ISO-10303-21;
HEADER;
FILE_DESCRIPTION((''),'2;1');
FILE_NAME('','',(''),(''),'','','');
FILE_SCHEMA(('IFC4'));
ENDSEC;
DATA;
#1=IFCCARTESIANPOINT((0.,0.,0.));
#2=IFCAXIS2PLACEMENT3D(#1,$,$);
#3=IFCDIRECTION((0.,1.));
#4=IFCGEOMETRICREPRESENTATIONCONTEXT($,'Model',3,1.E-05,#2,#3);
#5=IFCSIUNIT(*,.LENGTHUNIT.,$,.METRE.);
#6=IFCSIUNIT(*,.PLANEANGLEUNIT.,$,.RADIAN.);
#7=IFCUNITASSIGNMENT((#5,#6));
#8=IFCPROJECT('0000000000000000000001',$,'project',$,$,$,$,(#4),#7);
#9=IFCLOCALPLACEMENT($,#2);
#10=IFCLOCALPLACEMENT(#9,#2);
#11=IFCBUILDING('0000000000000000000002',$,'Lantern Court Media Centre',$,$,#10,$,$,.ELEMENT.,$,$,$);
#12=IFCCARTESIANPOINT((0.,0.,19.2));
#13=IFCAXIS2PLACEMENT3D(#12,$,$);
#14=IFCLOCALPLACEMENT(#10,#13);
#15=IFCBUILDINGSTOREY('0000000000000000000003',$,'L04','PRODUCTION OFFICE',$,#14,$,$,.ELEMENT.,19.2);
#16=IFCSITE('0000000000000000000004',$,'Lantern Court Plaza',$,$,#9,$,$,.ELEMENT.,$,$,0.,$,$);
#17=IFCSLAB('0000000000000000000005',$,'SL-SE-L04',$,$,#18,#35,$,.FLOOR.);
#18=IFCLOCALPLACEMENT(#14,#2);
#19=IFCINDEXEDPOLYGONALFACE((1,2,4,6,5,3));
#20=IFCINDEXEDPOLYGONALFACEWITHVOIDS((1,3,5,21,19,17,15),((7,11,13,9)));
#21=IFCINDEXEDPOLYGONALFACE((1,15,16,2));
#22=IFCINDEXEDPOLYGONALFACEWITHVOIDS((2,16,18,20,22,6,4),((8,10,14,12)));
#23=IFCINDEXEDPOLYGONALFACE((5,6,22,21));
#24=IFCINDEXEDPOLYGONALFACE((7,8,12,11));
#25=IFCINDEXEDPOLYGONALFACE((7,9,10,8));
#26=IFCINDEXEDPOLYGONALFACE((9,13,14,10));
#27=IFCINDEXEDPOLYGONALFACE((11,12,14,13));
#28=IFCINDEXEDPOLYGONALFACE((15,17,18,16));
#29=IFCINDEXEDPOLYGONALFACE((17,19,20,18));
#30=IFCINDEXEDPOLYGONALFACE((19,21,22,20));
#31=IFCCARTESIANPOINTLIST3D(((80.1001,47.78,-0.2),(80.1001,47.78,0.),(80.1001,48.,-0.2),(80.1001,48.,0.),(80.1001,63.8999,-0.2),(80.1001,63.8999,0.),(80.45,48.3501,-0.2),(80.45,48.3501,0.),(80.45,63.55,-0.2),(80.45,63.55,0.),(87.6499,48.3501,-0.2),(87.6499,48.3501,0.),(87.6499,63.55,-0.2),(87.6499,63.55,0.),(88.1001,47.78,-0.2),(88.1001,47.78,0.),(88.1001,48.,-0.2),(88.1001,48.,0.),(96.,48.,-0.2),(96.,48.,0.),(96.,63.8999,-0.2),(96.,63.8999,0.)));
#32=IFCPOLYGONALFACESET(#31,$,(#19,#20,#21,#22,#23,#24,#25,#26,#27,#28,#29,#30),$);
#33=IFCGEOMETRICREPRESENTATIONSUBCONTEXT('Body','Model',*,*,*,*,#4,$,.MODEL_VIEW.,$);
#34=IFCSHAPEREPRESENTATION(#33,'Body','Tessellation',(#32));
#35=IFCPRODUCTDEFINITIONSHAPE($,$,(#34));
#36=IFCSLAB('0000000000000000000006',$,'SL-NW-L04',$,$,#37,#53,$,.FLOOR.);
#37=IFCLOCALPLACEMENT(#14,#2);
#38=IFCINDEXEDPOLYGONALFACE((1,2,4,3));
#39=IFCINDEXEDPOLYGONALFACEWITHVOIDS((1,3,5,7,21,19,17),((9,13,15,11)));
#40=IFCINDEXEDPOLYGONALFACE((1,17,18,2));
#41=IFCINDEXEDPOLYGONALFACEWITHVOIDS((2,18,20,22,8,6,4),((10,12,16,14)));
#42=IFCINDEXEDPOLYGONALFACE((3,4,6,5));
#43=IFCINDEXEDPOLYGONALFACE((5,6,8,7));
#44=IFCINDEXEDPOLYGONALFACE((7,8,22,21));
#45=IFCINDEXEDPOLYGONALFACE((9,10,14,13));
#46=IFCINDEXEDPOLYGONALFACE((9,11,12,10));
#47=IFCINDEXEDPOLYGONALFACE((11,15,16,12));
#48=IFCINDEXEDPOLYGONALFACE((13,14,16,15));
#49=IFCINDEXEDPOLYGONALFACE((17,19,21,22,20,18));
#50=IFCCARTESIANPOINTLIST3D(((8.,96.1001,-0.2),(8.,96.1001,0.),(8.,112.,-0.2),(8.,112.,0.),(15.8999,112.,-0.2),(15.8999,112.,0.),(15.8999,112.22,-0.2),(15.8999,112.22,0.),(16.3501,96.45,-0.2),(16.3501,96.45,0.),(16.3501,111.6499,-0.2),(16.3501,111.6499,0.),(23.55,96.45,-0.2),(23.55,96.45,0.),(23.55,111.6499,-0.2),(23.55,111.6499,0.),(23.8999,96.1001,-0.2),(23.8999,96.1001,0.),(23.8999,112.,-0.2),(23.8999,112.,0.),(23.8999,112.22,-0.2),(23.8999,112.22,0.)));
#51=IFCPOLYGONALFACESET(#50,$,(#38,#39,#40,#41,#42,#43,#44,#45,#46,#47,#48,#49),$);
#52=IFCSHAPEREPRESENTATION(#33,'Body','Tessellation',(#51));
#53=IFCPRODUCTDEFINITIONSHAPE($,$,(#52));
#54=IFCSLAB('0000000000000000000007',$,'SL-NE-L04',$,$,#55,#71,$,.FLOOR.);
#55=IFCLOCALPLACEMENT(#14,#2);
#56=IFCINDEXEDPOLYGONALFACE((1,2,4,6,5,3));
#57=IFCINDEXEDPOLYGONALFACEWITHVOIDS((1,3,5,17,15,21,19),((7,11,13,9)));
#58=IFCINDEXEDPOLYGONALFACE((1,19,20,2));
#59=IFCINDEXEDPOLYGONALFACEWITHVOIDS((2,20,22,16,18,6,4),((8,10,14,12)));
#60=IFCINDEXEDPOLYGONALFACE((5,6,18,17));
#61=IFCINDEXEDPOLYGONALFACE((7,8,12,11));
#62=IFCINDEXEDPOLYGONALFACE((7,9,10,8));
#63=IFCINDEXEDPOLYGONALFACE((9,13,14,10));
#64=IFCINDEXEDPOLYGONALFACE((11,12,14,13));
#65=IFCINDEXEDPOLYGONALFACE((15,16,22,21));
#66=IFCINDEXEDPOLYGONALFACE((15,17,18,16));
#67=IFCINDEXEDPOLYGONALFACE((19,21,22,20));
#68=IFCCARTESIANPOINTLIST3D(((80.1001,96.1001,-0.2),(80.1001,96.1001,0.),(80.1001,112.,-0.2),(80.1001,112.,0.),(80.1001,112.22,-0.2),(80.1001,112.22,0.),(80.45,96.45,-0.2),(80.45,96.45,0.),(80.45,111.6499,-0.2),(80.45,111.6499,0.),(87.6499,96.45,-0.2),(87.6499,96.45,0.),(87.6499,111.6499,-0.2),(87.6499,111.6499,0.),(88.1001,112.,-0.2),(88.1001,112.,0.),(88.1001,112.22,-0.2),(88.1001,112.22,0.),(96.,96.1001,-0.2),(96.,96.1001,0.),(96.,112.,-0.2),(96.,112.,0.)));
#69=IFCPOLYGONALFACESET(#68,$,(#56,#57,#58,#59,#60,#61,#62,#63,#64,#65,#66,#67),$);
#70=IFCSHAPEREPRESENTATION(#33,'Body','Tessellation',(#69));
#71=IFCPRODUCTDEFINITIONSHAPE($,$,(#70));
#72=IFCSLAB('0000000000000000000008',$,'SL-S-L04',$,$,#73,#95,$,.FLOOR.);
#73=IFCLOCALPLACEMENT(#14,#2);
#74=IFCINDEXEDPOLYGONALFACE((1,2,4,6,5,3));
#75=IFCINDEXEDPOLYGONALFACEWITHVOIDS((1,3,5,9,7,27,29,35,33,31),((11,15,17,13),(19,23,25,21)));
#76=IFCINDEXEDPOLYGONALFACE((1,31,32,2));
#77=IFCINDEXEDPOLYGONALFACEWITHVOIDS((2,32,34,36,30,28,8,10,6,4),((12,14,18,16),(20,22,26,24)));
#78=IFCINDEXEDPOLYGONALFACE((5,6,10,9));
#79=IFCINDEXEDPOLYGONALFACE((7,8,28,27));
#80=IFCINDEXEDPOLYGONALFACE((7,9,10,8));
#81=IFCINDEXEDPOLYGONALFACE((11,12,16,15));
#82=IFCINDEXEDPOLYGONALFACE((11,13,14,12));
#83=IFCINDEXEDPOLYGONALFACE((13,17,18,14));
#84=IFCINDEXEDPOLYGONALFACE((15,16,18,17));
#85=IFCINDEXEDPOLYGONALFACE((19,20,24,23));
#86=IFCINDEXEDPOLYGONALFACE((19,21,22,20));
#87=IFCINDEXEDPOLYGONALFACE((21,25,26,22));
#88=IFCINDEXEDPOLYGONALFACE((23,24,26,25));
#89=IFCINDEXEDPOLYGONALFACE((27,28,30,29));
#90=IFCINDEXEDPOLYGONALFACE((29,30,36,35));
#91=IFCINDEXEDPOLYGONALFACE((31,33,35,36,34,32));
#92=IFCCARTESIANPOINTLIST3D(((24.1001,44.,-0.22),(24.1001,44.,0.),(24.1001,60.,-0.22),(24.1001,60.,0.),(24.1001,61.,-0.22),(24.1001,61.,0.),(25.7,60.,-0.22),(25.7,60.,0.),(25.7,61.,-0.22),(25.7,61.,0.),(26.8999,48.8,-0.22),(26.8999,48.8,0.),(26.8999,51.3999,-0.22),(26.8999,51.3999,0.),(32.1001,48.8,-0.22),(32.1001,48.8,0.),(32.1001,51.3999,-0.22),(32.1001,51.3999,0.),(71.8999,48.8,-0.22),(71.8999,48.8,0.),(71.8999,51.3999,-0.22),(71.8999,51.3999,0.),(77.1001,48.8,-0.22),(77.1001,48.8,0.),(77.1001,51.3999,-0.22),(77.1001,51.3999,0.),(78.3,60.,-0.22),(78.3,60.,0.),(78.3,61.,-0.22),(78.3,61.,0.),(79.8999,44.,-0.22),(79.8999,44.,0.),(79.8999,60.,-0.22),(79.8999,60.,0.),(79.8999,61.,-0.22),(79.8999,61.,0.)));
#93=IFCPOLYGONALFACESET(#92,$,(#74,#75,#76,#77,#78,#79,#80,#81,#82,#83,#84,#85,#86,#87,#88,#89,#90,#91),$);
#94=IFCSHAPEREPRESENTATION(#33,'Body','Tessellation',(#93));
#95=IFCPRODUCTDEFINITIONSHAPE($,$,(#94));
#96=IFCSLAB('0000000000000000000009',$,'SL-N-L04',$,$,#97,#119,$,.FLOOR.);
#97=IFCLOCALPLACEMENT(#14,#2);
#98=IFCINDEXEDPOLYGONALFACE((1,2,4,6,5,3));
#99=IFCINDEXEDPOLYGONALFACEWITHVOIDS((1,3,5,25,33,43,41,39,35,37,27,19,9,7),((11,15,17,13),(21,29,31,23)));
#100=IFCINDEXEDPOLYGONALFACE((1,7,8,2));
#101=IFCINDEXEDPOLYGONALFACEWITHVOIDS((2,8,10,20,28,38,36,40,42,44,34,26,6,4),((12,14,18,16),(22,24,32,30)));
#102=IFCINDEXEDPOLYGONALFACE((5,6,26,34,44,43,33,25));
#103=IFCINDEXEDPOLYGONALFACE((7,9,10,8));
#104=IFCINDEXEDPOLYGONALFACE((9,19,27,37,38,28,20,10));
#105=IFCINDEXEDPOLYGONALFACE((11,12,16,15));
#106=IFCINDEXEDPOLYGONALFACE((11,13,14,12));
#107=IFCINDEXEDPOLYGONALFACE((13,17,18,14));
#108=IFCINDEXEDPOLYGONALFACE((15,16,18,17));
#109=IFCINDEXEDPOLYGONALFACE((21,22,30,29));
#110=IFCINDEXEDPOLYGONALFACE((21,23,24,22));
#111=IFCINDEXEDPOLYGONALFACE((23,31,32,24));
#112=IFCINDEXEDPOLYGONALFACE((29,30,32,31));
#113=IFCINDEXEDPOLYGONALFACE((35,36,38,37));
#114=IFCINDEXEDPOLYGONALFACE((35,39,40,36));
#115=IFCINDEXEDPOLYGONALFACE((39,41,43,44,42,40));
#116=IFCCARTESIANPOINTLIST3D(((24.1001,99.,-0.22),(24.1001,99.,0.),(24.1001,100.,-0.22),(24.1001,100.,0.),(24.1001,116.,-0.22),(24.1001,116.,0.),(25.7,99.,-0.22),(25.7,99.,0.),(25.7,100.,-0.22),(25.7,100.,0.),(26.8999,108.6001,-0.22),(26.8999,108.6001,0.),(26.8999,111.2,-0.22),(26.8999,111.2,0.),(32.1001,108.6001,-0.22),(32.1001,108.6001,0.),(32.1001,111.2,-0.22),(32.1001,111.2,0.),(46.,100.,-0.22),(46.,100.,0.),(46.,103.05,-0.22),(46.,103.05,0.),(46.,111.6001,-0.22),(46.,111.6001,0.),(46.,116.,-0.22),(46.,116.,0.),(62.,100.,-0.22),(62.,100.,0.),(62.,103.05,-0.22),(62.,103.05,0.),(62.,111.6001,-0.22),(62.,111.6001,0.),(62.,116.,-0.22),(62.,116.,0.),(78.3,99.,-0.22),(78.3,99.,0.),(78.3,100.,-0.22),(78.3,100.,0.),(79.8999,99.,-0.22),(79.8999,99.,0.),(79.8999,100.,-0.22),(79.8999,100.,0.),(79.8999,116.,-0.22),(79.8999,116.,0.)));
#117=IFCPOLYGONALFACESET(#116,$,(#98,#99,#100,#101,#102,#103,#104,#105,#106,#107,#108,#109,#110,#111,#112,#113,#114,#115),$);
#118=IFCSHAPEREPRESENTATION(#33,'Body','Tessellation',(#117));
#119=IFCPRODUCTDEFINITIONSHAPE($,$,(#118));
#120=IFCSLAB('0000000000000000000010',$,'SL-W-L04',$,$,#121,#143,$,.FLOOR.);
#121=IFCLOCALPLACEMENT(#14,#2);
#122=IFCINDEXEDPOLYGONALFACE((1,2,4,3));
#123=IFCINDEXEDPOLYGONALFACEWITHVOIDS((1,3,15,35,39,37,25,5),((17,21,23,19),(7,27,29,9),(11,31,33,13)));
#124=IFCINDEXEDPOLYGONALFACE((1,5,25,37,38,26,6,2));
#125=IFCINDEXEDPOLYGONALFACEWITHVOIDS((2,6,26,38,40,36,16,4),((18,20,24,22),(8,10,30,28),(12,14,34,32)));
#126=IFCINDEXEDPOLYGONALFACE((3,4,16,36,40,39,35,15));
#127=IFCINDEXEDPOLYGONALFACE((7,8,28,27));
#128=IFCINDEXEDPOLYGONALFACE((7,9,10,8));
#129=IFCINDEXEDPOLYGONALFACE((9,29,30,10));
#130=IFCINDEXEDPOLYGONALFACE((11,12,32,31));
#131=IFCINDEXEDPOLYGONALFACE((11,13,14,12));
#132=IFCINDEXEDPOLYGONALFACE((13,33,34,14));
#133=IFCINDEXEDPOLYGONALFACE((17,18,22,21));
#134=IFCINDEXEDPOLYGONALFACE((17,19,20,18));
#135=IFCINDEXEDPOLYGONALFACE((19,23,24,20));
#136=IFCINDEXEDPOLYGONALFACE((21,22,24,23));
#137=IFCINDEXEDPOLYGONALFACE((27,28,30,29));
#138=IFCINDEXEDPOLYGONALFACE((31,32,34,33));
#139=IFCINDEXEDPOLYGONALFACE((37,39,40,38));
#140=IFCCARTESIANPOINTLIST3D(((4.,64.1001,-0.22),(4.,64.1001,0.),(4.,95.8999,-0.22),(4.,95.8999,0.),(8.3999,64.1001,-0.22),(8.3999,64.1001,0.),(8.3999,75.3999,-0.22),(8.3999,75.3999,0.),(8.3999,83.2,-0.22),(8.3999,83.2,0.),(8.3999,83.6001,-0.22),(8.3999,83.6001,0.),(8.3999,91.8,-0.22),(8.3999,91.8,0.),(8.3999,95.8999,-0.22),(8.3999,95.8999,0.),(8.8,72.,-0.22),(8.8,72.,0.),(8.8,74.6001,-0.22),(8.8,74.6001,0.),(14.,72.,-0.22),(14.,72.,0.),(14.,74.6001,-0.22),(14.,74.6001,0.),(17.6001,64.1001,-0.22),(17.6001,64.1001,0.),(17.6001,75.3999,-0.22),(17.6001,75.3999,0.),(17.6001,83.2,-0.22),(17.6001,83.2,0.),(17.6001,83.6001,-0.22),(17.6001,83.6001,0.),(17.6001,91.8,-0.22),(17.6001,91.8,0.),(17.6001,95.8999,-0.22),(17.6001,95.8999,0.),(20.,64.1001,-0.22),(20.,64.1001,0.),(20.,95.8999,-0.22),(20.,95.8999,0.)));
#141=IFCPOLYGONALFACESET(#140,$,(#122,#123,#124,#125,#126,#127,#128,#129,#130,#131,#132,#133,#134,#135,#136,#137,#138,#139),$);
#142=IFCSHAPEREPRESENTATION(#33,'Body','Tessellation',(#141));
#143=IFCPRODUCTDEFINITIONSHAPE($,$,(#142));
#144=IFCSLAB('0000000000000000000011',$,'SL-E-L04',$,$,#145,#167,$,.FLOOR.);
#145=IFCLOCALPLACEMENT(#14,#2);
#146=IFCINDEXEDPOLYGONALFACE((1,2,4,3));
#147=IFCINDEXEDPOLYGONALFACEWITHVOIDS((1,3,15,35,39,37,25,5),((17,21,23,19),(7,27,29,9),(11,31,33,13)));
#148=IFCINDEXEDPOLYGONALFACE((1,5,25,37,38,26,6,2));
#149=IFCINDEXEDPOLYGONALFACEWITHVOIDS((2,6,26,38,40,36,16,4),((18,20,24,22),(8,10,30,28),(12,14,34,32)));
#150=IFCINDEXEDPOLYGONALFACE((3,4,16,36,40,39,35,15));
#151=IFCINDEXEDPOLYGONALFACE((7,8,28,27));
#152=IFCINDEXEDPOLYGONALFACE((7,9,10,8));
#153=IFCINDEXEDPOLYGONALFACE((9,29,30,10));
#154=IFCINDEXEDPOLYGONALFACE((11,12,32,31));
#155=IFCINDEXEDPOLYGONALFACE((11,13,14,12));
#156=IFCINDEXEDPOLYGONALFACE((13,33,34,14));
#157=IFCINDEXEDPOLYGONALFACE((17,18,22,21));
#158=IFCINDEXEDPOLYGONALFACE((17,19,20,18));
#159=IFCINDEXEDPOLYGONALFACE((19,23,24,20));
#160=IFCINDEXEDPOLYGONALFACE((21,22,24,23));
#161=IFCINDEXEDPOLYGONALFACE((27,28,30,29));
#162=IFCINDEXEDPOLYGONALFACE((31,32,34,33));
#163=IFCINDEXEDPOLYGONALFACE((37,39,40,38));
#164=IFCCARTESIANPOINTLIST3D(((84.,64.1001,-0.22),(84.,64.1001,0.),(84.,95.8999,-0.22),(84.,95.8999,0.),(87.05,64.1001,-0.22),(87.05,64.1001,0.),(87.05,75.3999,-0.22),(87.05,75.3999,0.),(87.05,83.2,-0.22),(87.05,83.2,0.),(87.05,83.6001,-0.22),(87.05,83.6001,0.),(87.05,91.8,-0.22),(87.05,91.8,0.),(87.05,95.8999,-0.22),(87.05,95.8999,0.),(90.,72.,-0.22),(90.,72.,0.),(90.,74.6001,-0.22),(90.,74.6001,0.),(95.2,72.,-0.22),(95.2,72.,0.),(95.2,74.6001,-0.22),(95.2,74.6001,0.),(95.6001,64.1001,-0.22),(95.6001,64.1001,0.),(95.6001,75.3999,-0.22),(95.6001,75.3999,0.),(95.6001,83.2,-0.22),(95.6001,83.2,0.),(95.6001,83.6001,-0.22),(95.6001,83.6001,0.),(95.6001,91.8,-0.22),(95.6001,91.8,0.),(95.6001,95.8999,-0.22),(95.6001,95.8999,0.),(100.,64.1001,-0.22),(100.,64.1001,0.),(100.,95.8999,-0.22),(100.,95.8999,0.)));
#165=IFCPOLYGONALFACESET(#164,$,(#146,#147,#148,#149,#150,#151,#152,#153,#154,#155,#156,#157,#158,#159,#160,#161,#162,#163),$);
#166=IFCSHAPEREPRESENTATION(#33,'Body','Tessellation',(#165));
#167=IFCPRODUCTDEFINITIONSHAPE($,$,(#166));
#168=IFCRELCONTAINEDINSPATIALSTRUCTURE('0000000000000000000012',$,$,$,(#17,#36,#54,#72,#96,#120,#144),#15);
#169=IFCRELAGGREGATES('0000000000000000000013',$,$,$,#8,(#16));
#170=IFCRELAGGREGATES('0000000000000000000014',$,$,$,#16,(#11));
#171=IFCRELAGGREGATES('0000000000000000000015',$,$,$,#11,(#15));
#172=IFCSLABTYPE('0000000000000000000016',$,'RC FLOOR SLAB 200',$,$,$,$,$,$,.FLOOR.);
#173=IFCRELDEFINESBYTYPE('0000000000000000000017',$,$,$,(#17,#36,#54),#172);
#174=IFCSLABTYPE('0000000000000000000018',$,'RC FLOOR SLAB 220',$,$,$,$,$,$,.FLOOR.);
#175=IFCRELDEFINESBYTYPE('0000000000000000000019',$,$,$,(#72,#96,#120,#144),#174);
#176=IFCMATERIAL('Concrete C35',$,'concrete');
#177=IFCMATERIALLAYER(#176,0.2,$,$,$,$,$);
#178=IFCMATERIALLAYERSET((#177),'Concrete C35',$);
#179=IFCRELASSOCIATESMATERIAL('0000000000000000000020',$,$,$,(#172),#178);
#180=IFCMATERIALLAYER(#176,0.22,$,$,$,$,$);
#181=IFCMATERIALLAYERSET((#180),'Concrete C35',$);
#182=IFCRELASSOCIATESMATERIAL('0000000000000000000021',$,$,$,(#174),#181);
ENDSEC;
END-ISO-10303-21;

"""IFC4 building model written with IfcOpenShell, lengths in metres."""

from ifc_helpers import new_model, si_unit, direction, frame, origin, place, context, subcontext, project, spatial, polyline, outline, extrude, material, layer, layer_set, type_object, element, save


model = new_model("IFC4")

# Units and contexts
model_context = context("Model", 3, precision=1e-05, world=origin(), true_north=direction((0.0, 1.0)))
body_context = subcontext(model_context, "Body", "Model", "MODEL_VIEW")
ifc_project = project(units=[si_unit("LENGTHUNIT", "METRE"), si_unit("PLANEANGLEUNIT", "RADIAN")], contexts=[model_context])

# Site, building, storey
site_placement = place(None, origin())
site = spatial("IfcSite", under=ifc_project, at=site_placement, Name="Lantern Court Plaza", CompositionType="ELEMENT", RefElevation=0.0)
building_placement = place(site_placement, origin())
building = spatial("IfcBuilding", under=site, at=building_placement, Name="Lantern Court Media Centre", CompositionType="ELEMENT")
storey_placement = place(building_placement, frame((0.0, 0.0, 19.2)))
storey = spatial("IfcBuildingStorey", under=building, at=storey_placement, Name="L04", Description="PRODUCTION OFFICE", CompositionType="ELEMENT", Elevation=19.2)

# Slabs
ifc_material_1 = material(Name="Concrete C35", Category="concrete")
ifc_layer_1 = layer(ifc_material_1, 0.2)
ifc_layer_set_1 = layer_set([ifc_layer_1], Name="Concrete C35")
slab_type_1 = type_object("IfcSlabType", Name="RC FLOOR SLAB 200", PredefinedType="FLOOR", material=ifc_layer_set_1)
slab_1_placement = place(storey_placement, frame((0.0, 0.0, -0.2)))
element("IfcSlab", 1, at=slab_1_placement, inside=storey, type_object=slab_type_1, Name="SL-SE-L04", PredefinedType="FLOOR", context=body_context, shape_type="SweptSolid", body=[
    extrude(outline(polyline([(80.1001, 63.8999), (96.0, 63.8999), (96.0, 48.0), (88.1001, 48.0), (88.1001, 47.78), (80.1001, 47.78), (80.1001, 48.0), (80.1001, 63.8999)]), holes=[polyline([(80.45, 63.55), (80.45, 48.3501), (87.6499, 48.3501), (87.6499, 63.55), (80.45, 63.55)])]), origin(), (0.0, 0.0, 1.0), 0.2),
])
slab_2_placement = place(storey_placement, frame((0.0, 0.0, -0.2)))
element("IfcSlab", 2, at=slab_2_placement, inside=storey, type_object=slab_type_1, Name="SL-NW-L04", PredefinedType="FLOOR", context=body_context, shape_type="SweptSolid", body=[
    extrude(outline(polyline([(8.0, 112.0), (15.8999, 112.0), (15.8999, 112.22), (23.8999, 112.22), (23.8999, 112.0), (23.8999, 96.1001), (8.0, 96.1001), (8.0, 112.0)]), holes=[polyline([(16.3501, 111.6499), (16.3501, 96.45), (23.55, 96.45), (23.55, 111.6499), (16.3501, 111.6499)])]), origin(), (0.0, 0.0, 1.0), 0.2),
])
slab_3_placement = place(storey_placement, frame((0.0, 0.0, -0.2)))
element("IfcSlab", 3, at=slab_3_placement, inside=storey, type_object=slab_type_1, Name="SL-NE-L04", PredefinedType="FLOOR", context=body_context, shape_type="SweptSolid", body=[
    extrude(outline(polyline([(80.1001, 112.0), (80.1001, 112.22), (88.1001, 112.22), (88.1001, 112.0), (96.0, 112.0), (96.0, 96.1001), (80.1001, 96.1001), (80.1001, 112.0)]), holes=[polyline([(80.45, 111.6499), (80.45, 96.45), (87.6499, 96.45), (87.6499, 111.6499), (80.45, 111.6499)])]), origin(), (0.0, 0.0, 1.0), 0.2),
])
ifc_layer_2 = layer(ifc_material_1, 0.22)
ifc_layer_set_2 = layer_set([ifc_layer_2], Name="Concrete C35")
slab_type_2 = type_object("IfcSlabType", Name="RC FLOOR SLAB 220", PredefinedType="FLOOR", material=ifc_layer_set_2)
slab_4_placement = place(storey_placement, frame((0.0, 0.0, -0.22)))
element("IfcSlab", 4, at=slab_4_placement, inside=storey, type_object=slab_type_2, Name="SL-S-L04", PredefinedType="FLOOR", context=body_context, shape_type="SweptSolid", body=[
    extrude(outline(polyline([(24.1001, 60.0), (24.1001, 61.0), (25.7, 61.0), (25.7, 60.0), (78.3, 60.0), (78.3, 61.0), (79.8999, 61.0), (79.8999, 60.0), (79.8999, 44.0), (24.1001, 44.0), (24.1001, 60.0)]), holes=[polyline([(32.1001, 51.3999), (26.8999, 51.3999), (26.8999, 48.8), (32.1001, 48.8), (32.1001, 51.3999)]), polyline([(77.1001, 51.3999), (71.8999, 51.3999), (71.8999, 48.8), (77.1001, 48.8), (77.1001, 51.3999)])]), origin(), (0.0, 0.0, 1.0), 0.22),
])
slab_5_placement = place(storey_placement, frame((0.0, 0.0, -0.22)))
element("IfcSlab", 5, at=slab_5_placement, inside=storey, type_object=slab_type_2, Name="SL-N-L04", PredefinedType="FLOOR", context=body_context, shape_type="SweptSolid", body=[
    extrude(outline(polyline([(46.0, 100.0), (25.7, 100.0), (25.7, 99.0), (24.1001, 99.0), (24.1001, 100.0), (24.1001, 116.0), (46.0, 116.0), (62.0, 116.0), (79.8999, 116.0), (79.8999, 100.0), (79.8999, 99.0), (78.3, 99.0), (78.3, 100.0), (62.0, 100.0), (46.0, 100.0)]), holes=[polyline([(46.0, 103.05), (62.0, 103.05), (62.0, 111.6001), (46.0, 111.6001), (46.0, 103.05)]), polyline([(26.8999, 108.6001), (32.1001, 108.6001), (32.1001, 111.2), (26.8999, 111.2), (26.8999, 108.6001)])]), origin(), (0.0, 0.0, 1.0), 0.22),
])
slab_6_placement = place(storey_placement, frame((0.0, 0.0, -0.22)))
element("IfcSlab", 6, at=slab_6_placement, inside=storey, type_object=slab_type_2, Name="SL-W-L04", PredefinedType="FLOOR", context=body_context, shape_type="SweptSolid", body=[
    extrude(outline(polyline([(8.3999, 64.1001), (4.0, 64.1001), (4.0, 95.8999), (8.3999, 95.8999), (17.6001, 95.8999), (20.0, 95.8999), (20.0, 64.1001), (17.6001, 64.1001), (8.3999, 64.1001)]), holes=[polyline([(8.3999, 83.6001), (17.6001, 83.6001), (17.6001, 91.8), (8.3999, 91.8), (8.3999, 83.6001)]), polyline([(8.3999, 75.3999), (17.6001, 75.3999), (17.6001, 83.2), (8.3999, 83.2), (8.3999, 75.3999)]), polyline([(14.0, 74.6001), (8.8, 74.6001), (8.8, 72.0), (14.0, 72.0), (14.0, 74.6001)])]), origin(), (0.0, 0.0, 1.0), 0.22),
])
slab_7_placement = place(storey_placement, frame((0.0, 0.0, -0.22)))
element("IfcSlab", 7, at=slab_7_placement, inside=storey, type_object=slab_type_2, Name="SL-E-L04", PredefinedType="FLOOR", context=body_context, shape_type="SweptSolid", body=[
    extrude(outline(polyline([(87.05, 64.1001), (84.0, 64.1001), (84.0, 95.8999), (87.05, 95.8999), (95.6001, 95.8999), (100.0, 95.8999), (100.0, 64.1001), (95.6001, 64.1001), (87.05, 64.1001)]), holes=[polyline([(87.05, 83.6001), (95.6001, 83.6001), (95.6001, 91.8), (87.05, 91.8), (87.05, 83.6001)]), polyline([(87.05, 75.3999), (95.6001, 75.3999), (95.6001, 83.2), (87.05, 83.2), (87.05, 75.3999)]), polyline([(95.2, 74.6001), (90.0, 74.6001), (90.0, 72.0), (95.2, 72.0), (95.2, 74.6001)])]), origin(), (0.0, 0.0, 1.0), 0.22),
])

save(model, "model.ifc")
